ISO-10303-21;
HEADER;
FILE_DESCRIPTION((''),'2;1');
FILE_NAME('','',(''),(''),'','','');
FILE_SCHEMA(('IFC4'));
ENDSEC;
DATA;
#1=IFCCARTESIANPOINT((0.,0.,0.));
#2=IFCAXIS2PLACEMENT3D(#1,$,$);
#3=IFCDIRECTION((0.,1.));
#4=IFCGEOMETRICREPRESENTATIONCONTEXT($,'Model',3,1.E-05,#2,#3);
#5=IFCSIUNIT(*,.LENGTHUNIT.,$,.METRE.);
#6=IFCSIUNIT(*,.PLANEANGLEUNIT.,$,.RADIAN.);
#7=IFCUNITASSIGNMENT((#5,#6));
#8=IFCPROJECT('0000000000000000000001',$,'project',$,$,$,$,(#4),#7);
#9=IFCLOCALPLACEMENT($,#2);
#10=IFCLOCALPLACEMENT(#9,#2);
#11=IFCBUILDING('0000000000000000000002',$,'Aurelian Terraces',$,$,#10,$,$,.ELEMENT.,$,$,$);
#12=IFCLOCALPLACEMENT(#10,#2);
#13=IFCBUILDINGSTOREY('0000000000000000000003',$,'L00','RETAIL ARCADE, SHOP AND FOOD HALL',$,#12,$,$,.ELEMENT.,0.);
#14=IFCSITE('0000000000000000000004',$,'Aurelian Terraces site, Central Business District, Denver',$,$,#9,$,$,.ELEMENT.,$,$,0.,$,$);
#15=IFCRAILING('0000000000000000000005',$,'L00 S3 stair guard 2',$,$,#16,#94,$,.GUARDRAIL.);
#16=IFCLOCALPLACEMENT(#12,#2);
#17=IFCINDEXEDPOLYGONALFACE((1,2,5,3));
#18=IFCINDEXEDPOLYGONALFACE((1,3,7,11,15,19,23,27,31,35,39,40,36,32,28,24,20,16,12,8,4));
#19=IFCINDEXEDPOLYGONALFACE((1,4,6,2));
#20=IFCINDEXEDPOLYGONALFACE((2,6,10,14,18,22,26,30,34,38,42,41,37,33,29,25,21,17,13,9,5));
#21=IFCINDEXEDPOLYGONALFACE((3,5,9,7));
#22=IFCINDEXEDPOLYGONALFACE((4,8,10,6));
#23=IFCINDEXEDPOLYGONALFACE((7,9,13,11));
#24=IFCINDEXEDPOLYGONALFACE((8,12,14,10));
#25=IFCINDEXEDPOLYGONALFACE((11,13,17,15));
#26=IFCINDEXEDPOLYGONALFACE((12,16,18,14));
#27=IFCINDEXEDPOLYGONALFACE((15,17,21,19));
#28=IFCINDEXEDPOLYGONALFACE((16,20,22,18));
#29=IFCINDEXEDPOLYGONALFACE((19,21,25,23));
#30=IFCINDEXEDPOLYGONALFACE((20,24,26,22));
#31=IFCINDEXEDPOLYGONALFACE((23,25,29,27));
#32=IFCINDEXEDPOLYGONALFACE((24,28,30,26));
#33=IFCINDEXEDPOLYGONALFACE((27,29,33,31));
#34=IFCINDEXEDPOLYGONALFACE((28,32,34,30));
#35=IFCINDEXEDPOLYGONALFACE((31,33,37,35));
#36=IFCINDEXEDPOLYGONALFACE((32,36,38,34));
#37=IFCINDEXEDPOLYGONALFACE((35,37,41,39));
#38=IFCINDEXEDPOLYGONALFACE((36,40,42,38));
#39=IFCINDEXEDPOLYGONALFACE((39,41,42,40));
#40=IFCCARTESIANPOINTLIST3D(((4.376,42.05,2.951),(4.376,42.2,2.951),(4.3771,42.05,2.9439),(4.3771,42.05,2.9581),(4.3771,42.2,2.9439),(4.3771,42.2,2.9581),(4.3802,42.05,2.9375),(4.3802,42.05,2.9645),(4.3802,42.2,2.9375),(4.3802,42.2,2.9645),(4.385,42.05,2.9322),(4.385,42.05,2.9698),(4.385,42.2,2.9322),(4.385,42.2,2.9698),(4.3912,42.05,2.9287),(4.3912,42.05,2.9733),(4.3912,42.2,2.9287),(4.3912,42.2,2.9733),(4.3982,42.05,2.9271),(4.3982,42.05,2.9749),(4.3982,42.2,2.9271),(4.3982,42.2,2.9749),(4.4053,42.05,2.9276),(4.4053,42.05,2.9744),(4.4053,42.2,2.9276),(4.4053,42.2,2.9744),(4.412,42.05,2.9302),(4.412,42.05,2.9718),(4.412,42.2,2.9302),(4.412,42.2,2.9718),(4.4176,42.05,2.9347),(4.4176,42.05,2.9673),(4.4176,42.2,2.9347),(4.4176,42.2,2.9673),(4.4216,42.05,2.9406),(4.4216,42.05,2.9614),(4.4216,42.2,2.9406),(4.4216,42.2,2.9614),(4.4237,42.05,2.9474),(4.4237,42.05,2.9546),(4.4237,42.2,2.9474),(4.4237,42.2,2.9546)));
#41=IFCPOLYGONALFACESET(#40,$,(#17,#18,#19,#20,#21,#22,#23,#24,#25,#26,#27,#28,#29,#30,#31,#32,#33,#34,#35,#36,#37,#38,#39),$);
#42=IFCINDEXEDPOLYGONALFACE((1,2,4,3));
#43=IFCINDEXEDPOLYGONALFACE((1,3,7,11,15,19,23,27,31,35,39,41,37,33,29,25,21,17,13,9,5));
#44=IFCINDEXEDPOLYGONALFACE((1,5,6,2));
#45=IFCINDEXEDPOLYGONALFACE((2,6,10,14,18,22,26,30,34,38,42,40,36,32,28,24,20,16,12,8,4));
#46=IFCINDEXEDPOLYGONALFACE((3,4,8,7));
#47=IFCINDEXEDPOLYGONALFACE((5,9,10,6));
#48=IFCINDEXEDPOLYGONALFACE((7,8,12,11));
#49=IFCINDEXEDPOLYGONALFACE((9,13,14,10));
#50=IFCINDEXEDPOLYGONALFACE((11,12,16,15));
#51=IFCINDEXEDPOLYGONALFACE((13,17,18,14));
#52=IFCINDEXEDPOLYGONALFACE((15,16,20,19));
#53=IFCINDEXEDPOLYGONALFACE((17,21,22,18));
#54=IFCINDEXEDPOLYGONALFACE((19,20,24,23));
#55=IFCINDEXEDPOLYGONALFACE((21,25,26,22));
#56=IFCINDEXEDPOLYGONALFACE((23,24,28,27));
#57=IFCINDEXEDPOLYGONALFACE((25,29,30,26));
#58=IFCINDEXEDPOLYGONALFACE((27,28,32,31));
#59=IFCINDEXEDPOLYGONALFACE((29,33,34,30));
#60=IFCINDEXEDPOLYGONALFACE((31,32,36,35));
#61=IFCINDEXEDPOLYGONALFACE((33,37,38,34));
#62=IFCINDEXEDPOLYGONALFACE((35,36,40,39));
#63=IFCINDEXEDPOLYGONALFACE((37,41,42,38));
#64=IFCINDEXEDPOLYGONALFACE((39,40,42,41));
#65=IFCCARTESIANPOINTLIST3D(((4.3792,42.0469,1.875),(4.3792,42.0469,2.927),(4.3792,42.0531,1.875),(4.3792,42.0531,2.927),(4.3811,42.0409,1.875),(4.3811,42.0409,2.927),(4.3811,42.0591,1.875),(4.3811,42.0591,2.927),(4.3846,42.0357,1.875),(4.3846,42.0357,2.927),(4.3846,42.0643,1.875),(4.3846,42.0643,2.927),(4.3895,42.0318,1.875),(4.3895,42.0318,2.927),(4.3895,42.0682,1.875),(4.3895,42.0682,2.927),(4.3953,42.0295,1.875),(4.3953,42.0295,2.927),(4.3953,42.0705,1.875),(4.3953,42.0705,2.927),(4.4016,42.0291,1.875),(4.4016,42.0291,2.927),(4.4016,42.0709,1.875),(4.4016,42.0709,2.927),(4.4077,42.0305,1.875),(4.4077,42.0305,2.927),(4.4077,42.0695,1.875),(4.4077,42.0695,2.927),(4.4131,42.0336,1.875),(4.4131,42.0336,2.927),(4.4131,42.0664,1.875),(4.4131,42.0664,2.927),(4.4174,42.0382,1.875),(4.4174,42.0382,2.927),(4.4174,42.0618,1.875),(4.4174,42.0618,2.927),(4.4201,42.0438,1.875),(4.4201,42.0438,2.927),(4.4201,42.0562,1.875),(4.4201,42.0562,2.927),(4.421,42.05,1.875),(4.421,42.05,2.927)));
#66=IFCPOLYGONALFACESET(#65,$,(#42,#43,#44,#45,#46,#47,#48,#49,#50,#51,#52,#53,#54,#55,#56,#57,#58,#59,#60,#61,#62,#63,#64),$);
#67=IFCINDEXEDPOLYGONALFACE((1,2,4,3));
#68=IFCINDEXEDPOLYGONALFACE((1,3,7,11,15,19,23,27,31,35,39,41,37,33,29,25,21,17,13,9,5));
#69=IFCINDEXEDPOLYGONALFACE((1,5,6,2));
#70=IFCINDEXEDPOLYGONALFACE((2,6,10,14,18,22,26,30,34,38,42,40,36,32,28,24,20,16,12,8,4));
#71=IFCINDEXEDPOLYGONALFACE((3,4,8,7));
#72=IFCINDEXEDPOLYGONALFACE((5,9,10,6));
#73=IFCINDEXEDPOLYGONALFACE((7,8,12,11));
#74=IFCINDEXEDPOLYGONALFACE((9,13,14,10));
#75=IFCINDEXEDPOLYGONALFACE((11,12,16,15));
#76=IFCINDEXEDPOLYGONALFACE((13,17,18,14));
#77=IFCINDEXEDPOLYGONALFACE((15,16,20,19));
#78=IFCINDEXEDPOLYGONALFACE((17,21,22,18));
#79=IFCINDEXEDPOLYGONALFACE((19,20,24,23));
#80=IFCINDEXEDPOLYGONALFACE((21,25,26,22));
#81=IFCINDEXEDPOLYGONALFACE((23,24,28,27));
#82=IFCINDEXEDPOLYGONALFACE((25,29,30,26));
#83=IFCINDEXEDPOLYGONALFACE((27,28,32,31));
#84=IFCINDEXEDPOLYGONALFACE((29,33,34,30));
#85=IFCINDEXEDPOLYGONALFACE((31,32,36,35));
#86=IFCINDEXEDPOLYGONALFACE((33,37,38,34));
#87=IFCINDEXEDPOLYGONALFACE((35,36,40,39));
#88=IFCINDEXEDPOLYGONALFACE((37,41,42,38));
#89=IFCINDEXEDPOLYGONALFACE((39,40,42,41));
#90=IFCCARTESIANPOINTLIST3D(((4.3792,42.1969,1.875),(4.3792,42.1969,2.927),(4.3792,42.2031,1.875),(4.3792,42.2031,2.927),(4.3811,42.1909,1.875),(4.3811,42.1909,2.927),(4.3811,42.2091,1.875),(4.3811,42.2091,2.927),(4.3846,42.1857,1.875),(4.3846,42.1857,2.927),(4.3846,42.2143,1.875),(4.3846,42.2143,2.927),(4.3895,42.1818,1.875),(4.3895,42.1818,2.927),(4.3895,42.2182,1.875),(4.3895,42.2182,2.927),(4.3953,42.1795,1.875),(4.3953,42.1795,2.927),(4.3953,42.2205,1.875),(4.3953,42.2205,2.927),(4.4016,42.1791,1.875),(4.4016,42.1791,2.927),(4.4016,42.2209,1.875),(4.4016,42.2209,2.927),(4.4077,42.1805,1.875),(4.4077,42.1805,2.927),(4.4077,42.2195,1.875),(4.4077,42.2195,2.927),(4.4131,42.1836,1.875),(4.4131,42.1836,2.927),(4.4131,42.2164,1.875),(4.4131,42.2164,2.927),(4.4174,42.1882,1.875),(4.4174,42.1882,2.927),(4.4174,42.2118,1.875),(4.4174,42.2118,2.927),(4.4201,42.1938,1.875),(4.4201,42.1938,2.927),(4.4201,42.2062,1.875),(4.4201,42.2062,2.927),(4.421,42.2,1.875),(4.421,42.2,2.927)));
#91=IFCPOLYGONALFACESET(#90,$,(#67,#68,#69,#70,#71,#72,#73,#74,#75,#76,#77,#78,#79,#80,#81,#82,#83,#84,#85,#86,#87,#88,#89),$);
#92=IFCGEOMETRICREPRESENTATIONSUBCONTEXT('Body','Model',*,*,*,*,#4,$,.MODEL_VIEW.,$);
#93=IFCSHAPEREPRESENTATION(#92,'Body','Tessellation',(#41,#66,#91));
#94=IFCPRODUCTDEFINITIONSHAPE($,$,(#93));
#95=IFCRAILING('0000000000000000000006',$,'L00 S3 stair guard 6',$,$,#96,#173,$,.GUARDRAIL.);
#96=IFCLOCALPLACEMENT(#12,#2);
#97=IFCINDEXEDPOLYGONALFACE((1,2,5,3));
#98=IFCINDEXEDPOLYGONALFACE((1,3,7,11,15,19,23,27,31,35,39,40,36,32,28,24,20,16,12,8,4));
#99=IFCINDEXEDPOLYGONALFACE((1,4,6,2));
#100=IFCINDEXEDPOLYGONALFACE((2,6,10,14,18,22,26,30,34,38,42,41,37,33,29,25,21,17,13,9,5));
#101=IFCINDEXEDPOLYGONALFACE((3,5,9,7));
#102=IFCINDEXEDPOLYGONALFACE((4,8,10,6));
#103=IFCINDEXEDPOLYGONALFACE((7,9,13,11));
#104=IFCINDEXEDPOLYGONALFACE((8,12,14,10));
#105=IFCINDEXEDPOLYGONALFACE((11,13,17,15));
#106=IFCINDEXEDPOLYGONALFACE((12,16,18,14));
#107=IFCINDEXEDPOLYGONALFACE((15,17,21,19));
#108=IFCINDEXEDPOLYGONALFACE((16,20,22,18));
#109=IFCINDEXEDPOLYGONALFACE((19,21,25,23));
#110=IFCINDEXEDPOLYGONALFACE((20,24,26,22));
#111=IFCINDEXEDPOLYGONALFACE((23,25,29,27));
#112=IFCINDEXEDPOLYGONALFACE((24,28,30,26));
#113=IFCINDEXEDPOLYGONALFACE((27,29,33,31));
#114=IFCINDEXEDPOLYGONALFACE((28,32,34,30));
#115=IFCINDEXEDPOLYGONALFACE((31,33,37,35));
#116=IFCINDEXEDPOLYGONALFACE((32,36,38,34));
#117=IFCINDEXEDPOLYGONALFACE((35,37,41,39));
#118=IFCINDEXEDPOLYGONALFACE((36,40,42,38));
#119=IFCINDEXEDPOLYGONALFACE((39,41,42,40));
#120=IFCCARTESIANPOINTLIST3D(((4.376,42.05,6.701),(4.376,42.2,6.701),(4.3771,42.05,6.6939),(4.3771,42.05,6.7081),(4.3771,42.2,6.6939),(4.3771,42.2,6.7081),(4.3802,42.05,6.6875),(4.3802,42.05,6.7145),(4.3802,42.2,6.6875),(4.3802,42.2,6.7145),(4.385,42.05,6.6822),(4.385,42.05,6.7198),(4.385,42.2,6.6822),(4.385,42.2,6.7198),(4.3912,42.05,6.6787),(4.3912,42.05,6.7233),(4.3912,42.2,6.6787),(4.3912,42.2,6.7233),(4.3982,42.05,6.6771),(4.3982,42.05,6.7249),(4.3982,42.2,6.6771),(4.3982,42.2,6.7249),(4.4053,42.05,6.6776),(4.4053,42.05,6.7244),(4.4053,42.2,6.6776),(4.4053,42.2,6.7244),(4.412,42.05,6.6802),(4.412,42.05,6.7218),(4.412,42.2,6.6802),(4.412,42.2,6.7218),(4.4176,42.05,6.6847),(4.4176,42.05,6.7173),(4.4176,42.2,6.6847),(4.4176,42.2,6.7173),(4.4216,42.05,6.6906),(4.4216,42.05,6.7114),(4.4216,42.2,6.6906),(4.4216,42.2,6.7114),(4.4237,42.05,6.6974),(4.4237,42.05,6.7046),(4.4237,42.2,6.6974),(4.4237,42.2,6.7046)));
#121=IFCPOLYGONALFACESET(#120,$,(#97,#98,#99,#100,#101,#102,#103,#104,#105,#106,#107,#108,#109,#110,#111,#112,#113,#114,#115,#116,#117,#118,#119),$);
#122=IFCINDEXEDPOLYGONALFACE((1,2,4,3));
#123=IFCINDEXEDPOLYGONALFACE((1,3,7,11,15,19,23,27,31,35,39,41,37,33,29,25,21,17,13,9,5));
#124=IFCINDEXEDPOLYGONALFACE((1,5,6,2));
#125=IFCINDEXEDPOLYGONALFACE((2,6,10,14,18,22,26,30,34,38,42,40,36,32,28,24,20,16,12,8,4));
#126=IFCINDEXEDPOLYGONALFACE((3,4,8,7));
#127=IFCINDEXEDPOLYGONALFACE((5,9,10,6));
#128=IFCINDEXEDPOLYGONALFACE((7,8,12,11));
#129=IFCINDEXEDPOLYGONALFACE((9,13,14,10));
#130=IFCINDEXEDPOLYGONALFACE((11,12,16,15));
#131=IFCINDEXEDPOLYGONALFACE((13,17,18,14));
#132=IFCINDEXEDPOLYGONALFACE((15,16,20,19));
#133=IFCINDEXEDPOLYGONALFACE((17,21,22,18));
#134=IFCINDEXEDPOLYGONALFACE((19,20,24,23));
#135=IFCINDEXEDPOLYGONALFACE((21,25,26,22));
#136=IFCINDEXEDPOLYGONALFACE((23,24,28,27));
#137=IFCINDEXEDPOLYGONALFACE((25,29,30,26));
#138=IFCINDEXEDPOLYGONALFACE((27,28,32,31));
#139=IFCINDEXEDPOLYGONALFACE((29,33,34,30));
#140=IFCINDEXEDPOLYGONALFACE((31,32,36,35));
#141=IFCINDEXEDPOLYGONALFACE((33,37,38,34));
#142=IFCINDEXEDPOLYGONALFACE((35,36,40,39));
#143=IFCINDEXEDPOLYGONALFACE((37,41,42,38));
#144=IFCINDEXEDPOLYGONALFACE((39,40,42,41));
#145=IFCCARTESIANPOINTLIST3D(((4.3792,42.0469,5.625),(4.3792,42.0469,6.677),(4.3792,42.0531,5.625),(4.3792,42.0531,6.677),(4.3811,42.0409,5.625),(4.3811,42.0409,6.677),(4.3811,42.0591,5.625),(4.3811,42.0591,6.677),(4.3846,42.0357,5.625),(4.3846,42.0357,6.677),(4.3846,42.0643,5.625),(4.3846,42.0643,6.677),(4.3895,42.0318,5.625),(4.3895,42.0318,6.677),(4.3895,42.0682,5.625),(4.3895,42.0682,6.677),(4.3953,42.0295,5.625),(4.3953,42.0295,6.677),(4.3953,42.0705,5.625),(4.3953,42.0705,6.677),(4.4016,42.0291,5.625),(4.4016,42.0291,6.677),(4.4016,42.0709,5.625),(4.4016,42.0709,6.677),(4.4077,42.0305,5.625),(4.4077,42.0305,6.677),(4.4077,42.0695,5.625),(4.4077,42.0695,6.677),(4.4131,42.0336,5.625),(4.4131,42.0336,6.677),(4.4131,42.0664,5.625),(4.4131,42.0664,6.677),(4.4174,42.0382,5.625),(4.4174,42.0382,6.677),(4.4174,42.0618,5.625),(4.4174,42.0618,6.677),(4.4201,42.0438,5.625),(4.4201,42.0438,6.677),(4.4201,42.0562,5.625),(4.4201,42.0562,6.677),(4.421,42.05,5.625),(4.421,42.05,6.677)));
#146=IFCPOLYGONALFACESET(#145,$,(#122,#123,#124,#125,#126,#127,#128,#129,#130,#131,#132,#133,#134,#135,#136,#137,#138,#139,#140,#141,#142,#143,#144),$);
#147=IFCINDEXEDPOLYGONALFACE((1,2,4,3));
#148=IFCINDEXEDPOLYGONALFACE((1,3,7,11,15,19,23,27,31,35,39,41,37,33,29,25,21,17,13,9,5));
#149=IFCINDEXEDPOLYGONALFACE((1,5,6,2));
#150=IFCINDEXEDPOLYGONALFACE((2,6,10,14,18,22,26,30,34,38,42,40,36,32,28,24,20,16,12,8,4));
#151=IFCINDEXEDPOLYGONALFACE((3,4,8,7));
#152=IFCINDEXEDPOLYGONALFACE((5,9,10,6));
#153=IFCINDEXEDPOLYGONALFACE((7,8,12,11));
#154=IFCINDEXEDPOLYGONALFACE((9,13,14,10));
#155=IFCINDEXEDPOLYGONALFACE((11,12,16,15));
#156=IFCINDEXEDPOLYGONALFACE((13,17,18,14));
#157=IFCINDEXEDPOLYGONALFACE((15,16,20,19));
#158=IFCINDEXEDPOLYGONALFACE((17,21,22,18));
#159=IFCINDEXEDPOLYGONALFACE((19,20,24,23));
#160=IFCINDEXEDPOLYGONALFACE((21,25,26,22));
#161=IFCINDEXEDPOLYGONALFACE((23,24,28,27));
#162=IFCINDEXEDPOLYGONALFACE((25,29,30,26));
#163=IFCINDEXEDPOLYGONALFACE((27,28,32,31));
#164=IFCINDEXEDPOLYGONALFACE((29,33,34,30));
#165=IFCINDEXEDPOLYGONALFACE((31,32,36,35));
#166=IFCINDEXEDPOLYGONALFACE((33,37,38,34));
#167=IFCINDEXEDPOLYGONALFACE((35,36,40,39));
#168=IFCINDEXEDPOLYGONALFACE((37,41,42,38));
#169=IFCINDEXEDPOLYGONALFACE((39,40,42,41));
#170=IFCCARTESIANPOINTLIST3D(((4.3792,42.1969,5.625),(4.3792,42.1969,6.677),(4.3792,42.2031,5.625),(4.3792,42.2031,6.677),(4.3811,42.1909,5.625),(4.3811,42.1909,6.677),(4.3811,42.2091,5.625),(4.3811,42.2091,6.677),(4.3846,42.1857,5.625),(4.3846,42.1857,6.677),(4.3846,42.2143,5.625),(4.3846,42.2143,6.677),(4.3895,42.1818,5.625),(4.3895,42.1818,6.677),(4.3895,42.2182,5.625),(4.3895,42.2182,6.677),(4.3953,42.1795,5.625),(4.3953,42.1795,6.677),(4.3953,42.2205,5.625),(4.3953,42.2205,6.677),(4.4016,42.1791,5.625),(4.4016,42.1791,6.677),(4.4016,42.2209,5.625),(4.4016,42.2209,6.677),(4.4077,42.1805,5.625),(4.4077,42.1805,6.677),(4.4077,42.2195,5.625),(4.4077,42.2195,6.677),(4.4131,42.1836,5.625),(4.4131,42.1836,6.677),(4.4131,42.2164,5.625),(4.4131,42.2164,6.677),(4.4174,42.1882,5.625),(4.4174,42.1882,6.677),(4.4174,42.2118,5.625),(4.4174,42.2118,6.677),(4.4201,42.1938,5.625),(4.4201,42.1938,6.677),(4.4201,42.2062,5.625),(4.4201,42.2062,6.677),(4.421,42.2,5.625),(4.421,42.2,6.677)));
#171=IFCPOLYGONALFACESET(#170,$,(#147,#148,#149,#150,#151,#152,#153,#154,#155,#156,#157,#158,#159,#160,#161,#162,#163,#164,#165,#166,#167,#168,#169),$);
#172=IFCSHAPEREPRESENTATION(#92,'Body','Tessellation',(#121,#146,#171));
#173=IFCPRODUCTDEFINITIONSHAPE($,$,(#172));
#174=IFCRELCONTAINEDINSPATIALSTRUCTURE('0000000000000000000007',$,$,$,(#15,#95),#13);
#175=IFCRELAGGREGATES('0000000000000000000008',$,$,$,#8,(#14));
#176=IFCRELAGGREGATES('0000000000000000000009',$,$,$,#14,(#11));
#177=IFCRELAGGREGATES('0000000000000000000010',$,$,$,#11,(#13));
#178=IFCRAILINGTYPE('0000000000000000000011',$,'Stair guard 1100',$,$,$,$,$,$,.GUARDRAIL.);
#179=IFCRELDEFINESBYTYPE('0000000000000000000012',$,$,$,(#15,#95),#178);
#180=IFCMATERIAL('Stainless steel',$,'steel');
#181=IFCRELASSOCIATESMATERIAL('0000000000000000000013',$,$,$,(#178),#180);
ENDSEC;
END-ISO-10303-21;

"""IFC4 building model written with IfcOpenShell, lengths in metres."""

from ifc_helpers import new_model, si_unit, direction, frame, origin, origin_2d, place, context, subcontext, project, spatial, circle, extrude, source, transform, mapped, material, type_object, element, save


model = new_model("IFC4")

# Units and contexts
model_context = context("Model", 3, precision=1e-05, world=origin(), true_north=direction((0.0, 1.0)))
body_context = subcontext(model_context, "Body", "Model", "MODEL_VIEW")
ifc_project = project(units=[si_unit("LENGTHUNIT", "METRE"), si_unit("PLANEANGLEUNIT", "RADIAN")], contexts=[model_context])

# Site, building, storey
site_placement = place(None, origin())
site = spatial("IfcSite", under=ifc_project, at=site_placement, Name="Aurelian Terraces site, Central Business District, Denver", CompositionType="ELEMENT", RefElevation=0.0)
building_placement = place(site_placement, origin())
building = spatial("IfcBuilding", under=site, at=building_placement, Name="Aurelian Terraces", CompositionType="ELEMENT")
storey_placement = place(building_placement, origin())
storey = spatial("IfcBuildingStorey", under=building, at=storey_placement, Name="L00", Description="RETAIL ARCADE, SHOP AND FOOD HALL", CompositionType="ELEMENT", Elevation=0.0)

# Railings
ifc_material_1 = material(Name="Stainless steel", Category="steel")
railing_type_1 = type_object("IfcRailingType", Name="Stair guard 1100", PredefinedType="GUARDRAIL", material=ifc_material_1)
shared_shape_1 = source(origin(), body_context, "Body", "SweptSolid", [
    extrude(circle(Radius=0.024, at=origin_2d()), frame((0.0, 0.0, 1.076), z_axis=(0.0, 1.0, 0.0), x_axis=(-1.0, 0.0, 0.0)), (0.0, 0.0, 1.0), 0.15),
    extrude(circle(Radius=0.021, at=origin_2d()), origin(), (0.0, 0.0, 1.0), 1.052),
    extrude(circle(Radius=0.021, at=origin_2d()), frame((0.0, 0.15, 0.0)), (0.0, 0.0, 1.0), 1.052),
])
for number, where, name in (
    (1, (4.4, 42.05, 1.875), "L00 S3 stair guard 2"),
    (2, (4.4, 42.05, 5.625), "L00 S3 stair guard 6"),
):
    element("IfcRailing", number, at=place(storey_placement, frame(where)), inside=storey, type_object=railing_type_1, Name=name, PredefinedType="GUARDRAIL", context=body_context, shape_type="MappedRepresentation", body=[
        mapped(shared_shape_1, transform((0.0, 0.0, 0.0), scale=1.0)),
    ])

save(model, "model.ifc")
